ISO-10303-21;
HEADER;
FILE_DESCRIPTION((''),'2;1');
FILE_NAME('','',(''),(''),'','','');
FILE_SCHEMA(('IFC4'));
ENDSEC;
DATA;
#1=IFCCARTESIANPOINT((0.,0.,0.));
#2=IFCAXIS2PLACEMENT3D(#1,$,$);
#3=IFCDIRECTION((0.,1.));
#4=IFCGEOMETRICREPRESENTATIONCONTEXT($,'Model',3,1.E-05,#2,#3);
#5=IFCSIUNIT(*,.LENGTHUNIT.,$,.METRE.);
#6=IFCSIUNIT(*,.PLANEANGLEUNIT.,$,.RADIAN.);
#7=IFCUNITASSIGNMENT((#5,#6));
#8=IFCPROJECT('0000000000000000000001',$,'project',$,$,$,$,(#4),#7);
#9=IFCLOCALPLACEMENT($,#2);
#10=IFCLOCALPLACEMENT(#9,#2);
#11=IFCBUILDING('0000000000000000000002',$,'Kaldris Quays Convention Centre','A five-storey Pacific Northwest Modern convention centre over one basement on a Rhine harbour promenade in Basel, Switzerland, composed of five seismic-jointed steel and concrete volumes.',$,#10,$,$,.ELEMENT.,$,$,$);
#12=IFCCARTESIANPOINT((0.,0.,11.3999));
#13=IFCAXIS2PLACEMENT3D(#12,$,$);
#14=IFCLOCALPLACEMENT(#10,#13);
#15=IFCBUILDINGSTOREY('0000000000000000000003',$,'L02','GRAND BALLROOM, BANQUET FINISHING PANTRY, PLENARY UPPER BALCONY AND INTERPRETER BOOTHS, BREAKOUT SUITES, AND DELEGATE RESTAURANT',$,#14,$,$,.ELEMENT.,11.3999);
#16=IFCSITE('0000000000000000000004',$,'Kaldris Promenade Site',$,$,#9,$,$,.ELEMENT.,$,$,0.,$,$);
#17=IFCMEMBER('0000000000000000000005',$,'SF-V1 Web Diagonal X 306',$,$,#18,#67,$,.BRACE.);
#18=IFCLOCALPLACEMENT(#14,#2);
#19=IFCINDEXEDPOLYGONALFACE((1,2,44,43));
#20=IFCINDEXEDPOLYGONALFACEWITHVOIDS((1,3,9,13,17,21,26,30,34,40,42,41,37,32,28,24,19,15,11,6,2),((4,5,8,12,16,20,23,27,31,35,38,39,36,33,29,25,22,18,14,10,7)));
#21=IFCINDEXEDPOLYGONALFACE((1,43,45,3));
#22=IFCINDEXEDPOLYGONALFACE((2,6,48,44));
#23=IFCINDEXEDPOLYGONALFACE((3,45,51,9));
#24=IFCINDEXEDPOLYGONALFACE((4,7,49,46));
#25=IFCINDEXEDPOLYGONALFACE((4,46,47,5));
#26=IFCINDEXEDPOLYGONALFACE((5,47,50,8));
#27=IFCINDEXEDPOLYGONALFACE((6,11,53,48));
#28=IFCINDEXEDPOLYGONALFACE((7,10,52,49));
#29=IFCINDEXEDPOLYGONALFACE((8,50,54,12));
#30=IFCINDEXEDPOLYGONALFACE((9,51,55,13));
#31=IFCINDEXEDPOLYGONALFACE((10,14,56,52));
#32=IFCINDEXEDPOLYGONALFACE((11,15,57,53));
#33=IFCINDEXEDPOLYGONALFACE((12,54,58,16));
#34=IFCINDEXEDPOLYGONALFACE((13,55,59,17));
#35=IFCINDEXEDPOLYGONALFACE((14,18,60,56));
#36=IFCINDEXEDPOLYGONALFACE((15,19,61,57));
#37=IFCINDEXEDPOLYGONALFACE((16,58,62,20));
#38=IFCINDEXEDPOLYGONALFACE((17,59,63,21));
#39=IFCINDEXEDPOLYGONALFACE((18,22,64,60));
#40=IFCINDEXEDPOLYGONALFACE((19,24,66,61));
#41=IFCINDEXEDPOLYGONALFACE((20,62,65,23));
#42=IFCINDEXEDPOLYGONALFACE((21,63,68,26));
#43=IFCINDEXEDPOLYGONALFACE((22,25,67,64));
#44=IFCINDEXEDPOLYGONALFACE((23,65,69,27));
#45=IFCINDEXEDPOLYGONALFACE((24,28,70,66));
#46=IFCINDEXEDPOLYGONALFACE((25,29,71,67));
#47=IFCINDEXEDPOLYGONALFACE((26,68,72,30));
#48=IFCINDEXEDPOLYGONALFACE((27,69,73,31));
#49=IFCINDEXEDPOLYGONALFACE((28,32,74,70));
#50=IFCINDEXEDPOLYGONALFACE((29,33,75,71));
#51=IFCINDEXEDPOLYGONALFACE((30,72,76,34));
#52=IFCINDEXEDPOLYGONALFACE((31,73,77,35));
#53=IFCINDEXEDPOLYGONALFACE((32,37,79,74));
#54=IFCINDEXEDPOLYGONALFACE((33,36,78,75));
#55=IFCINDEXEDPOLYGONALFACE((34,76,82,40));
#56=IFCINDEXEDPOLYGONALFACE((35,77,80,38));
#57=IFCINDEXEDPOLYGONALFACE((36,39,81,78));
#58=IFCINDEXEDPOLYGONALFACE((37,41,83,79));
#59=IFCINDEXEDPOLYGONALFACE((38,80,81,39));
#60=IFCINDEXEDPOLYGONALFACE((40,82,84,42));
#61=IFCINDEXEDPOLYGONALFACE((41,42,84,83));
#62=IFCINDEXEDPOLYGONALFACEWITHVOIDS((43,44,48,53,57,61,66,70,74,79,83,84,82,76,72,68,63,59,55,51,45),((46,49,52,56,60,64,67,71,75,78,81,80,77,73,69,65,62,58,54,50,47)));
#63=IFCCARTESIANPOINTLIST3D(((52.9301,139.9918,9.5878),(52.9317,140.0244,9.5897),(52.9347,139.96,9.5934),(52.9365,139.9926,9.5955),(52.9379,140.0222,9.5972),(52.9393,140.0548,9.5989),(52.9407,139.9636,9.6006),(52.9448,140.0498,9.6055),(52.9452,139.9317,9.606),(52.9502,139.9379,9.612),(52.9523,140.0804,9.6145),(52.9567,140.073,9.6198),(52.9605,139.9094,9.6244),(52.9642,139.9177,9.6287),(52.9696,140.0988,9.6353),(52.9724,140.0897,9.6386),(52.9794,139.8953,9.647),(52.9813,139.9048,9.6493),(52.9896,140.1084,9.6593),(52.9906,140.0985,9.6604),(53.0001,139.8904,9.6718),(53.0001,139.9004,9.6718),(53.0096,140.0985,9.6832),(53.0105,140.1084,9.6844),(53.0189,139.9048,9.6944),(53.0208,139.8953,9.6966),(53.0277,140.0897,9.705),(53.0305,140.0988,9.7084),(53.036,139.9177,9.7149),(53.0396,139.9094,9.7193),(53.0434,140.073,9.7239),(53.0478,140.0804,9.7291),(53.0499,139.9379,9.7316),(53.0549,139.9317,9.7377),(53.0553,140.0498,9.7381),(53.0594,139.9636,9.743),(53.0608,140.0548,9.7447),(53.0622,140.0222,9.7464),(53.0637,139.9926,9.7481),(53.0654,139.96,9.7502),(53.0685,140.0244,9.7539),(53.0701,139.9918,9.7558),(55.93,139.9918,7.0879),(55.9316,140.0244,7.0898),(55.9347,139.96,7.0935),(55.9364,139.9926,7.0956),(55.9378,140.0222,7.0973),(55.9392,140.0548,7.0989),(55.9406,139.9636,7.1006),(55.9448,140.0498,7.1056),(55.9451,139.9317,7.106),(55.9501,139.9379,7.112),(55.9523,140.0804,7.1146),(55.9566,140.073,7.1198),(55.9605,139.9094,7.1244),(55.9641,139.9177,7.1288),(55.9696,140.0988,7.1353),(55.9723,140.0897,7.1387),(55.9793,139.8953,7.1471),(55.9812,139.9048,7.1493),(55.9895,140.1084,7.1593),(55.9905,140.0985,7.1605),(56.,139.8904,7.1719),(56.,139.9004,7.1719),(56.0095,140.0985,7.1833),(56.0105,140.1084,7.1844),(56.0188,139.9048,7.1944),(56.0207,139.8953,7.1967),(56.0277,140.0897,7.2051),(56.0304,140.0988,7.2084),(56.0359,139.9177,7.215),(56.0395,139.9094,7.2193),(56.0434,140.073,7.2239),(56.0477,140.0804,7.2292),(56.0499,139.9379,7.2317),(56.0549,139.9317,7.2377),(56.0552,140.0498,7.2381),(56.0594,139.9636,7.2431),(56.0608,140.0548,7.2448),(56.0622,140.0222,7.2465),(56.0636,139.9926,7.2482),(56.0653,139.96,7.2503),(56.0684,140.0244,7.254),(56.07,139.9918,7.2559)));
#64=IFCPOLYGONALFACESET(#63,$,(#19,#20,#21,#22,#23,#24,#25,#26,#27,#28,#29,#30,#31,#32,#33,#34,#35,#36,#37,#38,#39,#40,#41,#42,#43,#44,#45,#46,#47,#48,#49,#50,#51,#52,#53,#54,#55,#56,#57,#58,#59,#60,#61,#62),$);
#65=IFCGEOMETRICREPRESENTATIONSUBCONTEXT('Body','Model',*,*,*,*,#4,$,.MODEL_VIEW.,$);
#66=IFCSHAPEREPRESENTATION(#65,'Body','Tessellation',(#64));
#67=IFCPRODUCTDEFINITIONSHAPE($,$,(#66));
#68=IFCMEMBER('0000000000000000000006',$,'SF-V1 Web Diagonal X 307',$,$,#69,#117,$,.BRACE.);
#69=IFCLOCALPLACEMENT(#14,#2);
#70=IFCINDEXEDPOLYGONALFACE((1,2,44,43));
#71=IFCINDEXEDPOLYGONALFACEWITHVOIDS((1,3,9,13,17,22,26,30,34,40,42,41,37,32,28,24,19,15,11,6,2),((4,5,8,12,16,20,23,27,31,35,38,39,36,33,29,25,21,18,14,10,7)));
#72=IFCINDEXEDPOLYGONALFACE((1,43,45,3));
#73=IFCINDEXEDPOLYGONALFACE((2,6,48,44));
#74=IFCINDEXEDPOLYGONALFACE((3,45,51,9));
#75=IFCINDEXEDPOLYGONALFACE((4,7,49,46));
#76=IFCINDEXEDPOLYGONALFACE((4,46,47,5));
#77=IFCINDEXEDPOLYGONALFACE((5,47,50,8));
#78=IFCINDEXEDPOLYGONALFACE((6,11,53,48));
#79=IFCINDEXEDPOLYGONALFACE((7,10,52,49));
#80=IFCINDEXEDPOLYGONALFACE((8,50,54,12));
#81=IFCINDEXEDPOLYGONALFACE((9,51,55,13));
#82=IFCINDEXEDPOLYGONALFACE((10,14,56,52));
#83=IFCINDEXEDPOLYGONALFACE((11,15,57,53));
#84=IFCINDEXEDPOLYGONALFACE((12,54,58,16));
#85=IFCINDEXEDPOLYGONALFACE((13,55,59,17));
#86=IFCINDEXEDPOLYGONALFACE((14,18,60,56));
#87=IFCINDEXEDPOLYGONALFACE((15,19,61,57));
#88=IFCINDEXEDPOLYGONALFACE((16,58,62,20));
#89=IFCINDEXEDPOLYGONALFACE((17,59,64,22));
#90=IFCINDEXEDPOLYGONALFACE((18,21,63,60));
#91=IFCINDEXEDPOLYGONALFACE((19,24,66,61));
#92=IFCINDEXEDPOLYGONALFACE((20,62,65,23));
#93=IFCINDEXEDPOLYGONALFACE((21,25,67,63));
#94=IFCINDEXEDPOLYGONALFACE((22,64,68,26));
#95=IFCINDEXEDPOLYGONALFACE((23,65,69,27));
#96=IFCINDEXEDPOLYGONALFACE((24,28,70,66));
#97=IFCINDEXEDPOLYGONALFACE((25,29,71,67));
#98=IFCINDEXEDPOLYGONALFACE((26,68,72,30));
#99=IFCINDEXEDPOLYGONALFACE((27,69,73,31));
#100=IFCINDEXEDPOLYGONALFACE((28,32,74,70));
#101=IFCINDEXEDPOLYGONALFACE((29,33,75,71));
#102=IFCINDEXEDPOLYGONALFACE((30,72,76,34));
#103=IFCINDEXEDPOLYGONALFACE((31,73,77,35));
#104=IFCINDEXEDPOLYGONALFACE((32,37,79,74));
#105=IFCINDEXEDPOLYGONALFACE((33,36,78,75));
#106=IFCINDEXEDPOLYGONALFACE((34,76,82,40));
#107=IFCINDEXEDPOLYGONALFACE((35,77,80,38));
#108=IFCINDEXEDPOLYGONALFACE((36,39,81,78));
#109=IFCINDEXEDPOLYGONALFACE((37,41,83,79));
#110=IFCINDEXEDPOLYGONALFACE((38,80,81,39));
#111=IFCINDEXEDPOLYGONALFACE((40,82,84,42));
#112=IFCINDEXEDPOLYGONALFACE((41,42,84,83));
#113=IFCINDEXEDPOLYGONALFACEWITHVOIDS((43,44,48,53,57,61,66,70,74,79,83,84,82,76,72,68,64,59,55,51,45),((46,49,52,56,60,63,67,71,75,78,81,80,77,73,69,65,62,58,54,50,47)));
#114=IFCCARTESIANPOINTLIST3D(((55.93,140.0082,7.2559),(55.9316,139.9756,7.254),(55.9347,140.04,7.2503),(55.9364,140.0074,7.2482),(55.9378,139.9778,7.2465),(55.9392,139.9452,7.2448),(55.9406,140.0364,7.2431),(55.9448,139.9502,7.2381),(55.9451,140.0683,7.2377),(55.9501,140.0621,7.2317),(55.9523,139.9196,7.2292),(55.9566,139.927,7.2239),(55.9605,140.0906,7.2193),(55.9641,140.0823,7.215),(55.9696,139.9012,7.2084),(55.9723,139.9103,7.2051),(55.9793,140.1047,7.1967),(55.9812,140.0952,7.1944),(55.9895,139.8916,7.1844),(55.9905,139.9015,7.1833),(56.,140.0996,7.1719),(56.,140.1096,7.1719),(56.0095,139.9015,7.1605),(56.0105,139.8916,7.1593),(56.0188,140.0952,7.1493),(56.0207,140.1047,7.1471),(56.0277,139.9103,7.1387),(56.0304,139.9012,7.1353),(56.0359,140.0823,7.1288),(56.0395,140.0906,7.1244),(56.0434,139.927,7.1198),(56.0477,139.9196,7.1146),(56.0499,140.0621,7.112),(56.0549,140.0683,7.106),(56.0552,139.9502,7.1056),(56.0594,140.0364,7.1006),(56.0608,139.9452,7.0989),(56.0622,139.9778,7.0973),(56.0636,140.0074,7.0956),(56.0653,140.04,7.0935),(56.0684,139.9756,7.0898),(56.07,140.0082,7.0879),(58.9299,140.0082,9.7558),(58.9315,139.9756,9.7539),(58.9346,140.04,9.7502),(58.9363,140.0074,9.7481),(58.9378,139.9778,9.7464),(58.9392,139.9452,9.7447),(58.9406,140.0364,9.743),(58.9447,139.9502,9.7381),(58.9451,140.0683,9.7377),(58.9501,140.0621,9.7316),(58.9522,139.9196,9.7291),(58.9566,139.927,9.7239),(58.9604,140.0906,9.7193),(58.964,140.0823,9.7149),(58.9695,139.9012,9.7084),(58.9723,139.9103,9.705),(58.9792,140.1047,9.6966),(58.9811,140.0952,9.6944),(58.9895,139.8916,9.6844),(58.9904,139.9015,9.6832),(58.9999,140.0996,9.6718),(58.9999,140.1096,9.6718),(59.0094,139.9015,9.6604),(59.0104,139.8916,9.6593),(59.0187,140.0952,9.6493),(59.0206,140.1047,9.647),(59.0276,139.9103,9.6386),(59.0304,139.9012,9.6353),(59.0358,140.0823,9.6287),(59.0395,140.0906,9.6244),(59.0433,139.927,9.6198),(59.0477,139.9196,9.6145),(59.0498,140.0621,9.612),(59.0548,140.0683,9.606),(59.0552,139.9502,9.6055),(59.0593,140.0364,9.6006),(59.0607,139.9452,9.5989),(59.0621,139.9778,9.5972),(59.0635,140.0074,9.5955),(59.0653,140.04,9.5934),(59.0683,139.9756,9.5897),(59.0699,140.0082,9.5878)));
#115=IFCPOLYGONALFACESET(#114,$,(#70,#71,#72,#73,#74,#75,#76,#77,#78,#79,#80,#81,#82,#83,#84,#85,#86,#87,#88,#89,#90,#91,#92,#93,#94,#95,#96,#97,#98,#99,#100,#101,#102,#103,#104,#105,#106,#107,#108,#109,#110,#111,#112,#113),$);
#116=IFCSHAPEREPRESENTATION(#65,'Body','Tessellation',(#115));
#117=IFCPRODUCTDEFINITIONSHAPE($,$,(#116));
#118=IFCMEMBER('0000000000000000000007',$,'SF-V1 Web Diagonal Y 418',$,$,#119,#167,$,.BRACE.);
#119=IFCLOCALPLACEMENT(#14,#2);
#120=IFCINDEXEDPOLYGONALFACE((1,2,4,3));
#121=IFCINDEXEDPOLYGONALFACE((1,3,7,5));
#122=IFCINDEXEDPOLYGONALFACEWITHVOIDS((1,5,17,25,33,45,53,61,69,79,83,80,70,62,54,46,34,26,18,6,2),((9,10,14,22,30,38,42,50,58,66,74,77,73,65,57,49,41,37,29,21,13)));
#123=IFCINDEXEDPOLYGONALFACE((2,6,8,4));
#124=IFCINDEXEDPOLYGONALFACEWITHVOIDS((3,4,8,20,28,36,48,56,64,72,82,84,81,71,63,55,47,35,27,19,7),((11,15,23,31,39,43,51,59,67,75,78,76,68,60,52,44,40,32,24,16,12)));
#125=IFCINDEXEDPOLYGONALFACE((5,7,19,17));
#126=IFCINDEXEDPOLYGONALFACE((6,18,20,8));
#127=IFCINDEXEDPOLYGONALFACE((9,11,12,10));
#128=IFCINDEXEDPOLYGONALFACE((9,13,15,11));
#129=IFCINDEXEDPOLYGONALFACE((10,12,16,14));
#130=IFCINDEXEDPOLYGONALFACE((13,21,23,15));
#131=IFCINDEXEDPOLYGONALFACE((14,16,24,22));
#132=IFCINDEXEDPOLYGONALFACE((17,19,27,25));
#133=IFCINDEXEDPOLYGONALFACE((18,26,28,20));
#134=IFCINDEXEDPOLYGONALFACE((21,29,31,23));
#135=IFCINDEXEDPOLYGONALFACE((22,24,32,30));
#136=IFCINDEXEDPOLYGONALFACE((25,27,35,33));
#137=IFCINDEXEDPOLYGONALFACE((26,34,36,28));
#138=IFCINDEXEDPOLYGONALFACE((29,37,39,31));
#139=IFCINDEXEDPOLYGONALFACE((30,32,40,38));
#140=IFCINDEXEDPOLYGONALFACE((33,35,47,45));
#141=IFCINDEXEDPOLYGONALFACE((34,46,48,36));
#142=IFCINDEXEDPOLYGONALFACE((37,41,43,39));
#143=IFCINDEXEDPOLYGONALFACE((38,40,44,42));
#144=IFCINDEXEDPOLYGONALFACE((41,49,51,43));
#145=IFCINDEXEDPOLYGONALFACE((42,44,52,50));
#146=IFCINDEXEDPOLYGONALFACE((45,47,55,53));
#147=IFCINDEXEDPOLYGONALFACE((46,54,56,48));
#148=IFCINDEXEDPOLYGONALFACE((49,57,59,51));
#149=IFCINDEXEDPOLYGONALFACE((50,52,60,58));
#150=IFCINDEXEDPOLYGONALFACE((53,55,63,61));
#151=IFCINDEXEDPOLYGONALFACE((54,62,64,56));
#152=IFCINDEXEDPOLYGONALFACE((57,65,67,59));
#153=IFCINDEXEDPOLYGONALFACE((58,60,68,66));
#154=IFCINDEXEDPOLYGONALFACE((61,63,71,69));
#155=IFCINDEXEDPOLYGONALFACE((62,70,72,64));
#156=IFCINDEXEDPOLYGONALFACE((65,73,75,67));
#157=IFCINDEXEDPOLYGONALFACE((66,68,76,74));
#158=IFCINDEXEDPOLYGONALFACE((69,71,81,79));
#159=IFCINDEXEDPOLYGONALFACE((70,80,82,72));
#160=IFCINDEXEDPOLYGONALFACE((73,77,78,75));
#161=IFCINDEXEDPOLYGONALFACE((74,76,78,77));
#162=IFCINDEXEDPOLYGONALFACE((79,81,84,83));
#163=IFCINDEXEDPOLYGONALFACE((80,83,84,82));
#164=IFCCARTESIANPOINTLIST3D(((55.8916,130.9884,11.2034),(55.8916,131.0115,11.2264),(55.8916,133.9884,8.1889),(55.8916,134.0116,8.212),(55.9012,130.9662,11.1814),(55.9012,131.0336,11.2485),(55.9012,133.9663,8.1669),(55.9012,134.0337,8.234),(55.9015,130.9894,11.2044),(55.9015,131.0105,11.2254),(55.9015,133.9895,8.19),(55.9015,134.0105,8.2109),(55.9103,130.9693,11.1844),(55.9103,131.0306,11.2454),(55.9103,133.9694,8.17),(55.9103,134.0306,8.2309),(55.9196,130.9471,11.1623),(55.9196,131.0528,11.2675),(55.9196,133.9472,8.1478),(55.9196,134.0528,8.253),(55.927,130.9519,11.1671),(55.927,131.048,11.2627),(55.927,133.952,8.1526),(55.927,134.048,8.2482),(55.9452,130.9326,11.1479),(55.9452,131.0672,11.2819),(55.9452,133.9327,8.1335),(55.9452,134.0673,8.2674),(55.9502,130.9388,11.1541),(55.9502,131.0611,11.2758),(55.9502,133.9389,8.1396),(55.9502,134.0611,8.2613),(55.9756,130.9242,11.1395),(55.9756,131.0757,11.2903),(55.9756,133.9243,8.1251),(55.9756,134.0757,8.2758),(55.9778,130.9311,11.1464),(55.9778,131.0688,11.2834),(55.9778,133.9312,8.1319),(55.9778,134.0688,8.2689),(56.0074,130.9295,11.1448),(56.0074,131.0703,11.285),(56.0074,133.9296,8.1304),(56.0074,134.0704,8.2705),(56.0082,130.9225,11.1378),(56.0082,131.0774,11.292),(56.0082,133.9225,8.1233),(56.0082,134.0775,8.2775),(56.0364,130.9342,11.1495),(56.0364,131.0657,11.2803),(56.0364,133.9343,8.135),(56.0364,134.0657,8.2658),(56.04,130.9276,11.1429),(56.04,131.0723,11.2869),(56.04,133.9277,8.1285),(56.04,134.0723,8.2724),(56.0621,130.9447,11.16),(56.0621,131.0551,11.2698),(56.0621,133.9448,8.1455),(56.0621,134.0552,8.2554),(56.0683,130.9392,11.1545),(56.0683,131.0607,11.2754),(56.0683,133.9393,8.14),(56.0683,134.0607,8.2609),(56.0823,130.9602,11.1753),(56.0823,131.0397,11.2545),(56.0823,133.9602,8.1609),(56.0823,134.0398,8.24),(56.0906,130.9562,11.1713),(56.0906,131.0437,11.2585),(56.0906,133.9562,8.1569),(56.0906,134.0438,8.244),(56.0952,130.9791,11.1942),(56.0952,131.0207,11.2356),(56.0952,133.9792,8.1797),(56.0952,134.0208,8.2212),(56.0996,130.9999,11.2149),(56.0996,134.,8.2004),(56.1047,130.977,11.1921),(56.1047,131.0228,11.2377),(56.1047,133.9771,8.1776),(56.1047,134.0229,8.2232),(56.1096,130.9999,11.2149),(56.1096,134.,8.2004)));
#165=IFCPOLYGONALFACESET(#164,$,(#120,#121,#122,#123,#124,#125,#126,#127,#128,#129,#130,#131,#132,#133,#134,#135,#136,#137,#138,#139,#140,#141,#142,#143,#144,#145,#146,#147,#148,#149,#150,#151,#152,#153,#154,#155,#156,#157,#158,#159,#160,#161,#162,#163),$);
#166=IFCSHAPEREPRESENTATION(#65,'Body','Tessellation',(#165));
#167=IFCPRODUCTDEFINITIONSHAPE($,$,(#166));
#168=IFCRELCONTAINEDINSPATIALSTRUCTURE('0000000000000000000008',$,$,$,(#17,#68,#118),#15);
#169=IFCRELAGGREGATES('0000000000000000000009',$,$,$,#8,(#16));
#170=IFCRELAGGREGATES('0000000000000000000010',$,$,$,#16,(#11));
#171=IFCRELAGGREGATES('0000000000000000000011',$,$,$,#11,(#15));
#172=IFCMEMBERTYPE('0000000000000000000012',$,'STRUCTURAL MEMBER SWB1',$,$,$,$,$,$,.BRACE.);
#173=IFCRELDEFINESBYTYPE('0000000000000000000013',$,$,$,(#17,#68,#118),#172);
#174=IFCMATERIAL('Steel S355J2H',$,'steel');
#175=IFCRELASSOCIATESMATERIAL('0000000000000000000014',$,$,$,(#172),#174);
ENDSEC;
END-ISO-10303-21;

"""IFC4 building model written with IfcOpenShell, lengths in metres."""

from ifc_helpers import new_model, si_unit, direction, frame, origin, origin_2d, place, context, subcontext, project, spatial, hollow_circle, extrude, material, material_profile, profile_set, type_object, element, save


model = new_model("IFC4")

# Units and contexts
model_context = context("Model", 3, precision=1e-05, world=origin(), true_north=direction((0.0, 1.0)))
body_context = subcontext(model_context, "Body", "Model", "MODEL_VIEW")
ifc_project = project(units=[si_unit("LENGTHUNIT", "METRE"), si_unit("PLANEANGLEUNIT", "RADIAN")], contexts=[model_context])

# Site, building, storey
site_placement = place(None, origin())
site = spatial("IfcSite", under=ifc_project, at=site_placement, Name="Kaldris Promenade Site", CompositionType="ELEMENT", RefElevation=0.0)
building_placement = place(site_placement, origin())
building = spatial("IfcBuilding", under=site, at=building_placement, Name="Kaldris Quays Convention Centre", Description="A five-storey Pacific Northwest Modern convention centre over one basement on a Rhine harbour promenade in Basel, Switzerland, composed of five seismic-jointed steel and concrete volumes.", CompositionType="ELEMENT")
storey_placement = place(building_placement, frame((0.0, 0.0, 11.3999)))
storey = spatial("IfcBuildingStorey", under=building, at=storey_placement, Name="L02", Description="GRAND BALLROOM, BANQUET FINISHING PANTRY, PLENARY UPPER BALCONY AND INTERPRETER BOOTHS, BREAKOUT SUITES, AND DELEGATE RESTAURANT", CompositionType="ELEMENT", Elevation=11.3999)

# Members
ifc_material_1 = material(Name="Steel S355J2H", Category="steel")
ifc_material_profile_1 = material_profile(ifc_material_1, hollow_circle(Radius=0.1096, WallThickness=0.01, at=origin_2d()), Name="CHS 219.1x10")
ifc_profile_set_1 = profile_set([ifc_material_profile_1], Name="Steel S355J2H")
member_type_1 = type_object("IfcMemberType", Name="STRUCTURAL MEMBER SWB1", PredefinedType="BRACE", material=ifc_profile_set_1)
for number, where, z_axis, x_axis, name in (
    (1, (56.0, 140.0, 7.1719), (-0.768221, 0.0, 0.640184), (0.0, -1.0, 0.0), "SF-V1 Web Diagonal X 306"),
    (2, (56.0, 140.0, 7.1719), (0.768221, 0.0, 0.640184), (0.0, 1.0, 0.0), "SF-V1 Web Diagonal X 307"),
):
    element("IfcMember", number, at=place(storey_placement, frame(where, z_axis=z_axis, x_axis=x_axis)), inside=storey, type_object=member_type_1, Name=name, PredefinedType="BRACE", context=body_context, shape_type="SweptSolid", body=[
        extrude(hollow_circle(Radius=0.1096, WallThickness=0.01, at=origin_2d()), origin(), (0.0, 0.0, 1.0), 3.905),
    ])
member_1_placement = place(storey_placement, frame((56.0, 134.0, 8.2004), z_axis=(0.0, -0.705411, 0.708798), x_axis=(1.0, 0.0, 0.0)))
element("IfcMember", 3, at=member_1_placement, inside=storey, type_object=member_type_1, Name="SF-V1 Web Diagonal Y 418", PredefinedType="BRACE", context=body_context, shape_type="SweptSolid", body=[
    extrude(hollow_circle(Radius=0.1096, WallThickness=0.01, at=origin_2d()), origin(), (0.0, 0.0, 1.0), 4.2529),
])

save(model, "model.ifc")
